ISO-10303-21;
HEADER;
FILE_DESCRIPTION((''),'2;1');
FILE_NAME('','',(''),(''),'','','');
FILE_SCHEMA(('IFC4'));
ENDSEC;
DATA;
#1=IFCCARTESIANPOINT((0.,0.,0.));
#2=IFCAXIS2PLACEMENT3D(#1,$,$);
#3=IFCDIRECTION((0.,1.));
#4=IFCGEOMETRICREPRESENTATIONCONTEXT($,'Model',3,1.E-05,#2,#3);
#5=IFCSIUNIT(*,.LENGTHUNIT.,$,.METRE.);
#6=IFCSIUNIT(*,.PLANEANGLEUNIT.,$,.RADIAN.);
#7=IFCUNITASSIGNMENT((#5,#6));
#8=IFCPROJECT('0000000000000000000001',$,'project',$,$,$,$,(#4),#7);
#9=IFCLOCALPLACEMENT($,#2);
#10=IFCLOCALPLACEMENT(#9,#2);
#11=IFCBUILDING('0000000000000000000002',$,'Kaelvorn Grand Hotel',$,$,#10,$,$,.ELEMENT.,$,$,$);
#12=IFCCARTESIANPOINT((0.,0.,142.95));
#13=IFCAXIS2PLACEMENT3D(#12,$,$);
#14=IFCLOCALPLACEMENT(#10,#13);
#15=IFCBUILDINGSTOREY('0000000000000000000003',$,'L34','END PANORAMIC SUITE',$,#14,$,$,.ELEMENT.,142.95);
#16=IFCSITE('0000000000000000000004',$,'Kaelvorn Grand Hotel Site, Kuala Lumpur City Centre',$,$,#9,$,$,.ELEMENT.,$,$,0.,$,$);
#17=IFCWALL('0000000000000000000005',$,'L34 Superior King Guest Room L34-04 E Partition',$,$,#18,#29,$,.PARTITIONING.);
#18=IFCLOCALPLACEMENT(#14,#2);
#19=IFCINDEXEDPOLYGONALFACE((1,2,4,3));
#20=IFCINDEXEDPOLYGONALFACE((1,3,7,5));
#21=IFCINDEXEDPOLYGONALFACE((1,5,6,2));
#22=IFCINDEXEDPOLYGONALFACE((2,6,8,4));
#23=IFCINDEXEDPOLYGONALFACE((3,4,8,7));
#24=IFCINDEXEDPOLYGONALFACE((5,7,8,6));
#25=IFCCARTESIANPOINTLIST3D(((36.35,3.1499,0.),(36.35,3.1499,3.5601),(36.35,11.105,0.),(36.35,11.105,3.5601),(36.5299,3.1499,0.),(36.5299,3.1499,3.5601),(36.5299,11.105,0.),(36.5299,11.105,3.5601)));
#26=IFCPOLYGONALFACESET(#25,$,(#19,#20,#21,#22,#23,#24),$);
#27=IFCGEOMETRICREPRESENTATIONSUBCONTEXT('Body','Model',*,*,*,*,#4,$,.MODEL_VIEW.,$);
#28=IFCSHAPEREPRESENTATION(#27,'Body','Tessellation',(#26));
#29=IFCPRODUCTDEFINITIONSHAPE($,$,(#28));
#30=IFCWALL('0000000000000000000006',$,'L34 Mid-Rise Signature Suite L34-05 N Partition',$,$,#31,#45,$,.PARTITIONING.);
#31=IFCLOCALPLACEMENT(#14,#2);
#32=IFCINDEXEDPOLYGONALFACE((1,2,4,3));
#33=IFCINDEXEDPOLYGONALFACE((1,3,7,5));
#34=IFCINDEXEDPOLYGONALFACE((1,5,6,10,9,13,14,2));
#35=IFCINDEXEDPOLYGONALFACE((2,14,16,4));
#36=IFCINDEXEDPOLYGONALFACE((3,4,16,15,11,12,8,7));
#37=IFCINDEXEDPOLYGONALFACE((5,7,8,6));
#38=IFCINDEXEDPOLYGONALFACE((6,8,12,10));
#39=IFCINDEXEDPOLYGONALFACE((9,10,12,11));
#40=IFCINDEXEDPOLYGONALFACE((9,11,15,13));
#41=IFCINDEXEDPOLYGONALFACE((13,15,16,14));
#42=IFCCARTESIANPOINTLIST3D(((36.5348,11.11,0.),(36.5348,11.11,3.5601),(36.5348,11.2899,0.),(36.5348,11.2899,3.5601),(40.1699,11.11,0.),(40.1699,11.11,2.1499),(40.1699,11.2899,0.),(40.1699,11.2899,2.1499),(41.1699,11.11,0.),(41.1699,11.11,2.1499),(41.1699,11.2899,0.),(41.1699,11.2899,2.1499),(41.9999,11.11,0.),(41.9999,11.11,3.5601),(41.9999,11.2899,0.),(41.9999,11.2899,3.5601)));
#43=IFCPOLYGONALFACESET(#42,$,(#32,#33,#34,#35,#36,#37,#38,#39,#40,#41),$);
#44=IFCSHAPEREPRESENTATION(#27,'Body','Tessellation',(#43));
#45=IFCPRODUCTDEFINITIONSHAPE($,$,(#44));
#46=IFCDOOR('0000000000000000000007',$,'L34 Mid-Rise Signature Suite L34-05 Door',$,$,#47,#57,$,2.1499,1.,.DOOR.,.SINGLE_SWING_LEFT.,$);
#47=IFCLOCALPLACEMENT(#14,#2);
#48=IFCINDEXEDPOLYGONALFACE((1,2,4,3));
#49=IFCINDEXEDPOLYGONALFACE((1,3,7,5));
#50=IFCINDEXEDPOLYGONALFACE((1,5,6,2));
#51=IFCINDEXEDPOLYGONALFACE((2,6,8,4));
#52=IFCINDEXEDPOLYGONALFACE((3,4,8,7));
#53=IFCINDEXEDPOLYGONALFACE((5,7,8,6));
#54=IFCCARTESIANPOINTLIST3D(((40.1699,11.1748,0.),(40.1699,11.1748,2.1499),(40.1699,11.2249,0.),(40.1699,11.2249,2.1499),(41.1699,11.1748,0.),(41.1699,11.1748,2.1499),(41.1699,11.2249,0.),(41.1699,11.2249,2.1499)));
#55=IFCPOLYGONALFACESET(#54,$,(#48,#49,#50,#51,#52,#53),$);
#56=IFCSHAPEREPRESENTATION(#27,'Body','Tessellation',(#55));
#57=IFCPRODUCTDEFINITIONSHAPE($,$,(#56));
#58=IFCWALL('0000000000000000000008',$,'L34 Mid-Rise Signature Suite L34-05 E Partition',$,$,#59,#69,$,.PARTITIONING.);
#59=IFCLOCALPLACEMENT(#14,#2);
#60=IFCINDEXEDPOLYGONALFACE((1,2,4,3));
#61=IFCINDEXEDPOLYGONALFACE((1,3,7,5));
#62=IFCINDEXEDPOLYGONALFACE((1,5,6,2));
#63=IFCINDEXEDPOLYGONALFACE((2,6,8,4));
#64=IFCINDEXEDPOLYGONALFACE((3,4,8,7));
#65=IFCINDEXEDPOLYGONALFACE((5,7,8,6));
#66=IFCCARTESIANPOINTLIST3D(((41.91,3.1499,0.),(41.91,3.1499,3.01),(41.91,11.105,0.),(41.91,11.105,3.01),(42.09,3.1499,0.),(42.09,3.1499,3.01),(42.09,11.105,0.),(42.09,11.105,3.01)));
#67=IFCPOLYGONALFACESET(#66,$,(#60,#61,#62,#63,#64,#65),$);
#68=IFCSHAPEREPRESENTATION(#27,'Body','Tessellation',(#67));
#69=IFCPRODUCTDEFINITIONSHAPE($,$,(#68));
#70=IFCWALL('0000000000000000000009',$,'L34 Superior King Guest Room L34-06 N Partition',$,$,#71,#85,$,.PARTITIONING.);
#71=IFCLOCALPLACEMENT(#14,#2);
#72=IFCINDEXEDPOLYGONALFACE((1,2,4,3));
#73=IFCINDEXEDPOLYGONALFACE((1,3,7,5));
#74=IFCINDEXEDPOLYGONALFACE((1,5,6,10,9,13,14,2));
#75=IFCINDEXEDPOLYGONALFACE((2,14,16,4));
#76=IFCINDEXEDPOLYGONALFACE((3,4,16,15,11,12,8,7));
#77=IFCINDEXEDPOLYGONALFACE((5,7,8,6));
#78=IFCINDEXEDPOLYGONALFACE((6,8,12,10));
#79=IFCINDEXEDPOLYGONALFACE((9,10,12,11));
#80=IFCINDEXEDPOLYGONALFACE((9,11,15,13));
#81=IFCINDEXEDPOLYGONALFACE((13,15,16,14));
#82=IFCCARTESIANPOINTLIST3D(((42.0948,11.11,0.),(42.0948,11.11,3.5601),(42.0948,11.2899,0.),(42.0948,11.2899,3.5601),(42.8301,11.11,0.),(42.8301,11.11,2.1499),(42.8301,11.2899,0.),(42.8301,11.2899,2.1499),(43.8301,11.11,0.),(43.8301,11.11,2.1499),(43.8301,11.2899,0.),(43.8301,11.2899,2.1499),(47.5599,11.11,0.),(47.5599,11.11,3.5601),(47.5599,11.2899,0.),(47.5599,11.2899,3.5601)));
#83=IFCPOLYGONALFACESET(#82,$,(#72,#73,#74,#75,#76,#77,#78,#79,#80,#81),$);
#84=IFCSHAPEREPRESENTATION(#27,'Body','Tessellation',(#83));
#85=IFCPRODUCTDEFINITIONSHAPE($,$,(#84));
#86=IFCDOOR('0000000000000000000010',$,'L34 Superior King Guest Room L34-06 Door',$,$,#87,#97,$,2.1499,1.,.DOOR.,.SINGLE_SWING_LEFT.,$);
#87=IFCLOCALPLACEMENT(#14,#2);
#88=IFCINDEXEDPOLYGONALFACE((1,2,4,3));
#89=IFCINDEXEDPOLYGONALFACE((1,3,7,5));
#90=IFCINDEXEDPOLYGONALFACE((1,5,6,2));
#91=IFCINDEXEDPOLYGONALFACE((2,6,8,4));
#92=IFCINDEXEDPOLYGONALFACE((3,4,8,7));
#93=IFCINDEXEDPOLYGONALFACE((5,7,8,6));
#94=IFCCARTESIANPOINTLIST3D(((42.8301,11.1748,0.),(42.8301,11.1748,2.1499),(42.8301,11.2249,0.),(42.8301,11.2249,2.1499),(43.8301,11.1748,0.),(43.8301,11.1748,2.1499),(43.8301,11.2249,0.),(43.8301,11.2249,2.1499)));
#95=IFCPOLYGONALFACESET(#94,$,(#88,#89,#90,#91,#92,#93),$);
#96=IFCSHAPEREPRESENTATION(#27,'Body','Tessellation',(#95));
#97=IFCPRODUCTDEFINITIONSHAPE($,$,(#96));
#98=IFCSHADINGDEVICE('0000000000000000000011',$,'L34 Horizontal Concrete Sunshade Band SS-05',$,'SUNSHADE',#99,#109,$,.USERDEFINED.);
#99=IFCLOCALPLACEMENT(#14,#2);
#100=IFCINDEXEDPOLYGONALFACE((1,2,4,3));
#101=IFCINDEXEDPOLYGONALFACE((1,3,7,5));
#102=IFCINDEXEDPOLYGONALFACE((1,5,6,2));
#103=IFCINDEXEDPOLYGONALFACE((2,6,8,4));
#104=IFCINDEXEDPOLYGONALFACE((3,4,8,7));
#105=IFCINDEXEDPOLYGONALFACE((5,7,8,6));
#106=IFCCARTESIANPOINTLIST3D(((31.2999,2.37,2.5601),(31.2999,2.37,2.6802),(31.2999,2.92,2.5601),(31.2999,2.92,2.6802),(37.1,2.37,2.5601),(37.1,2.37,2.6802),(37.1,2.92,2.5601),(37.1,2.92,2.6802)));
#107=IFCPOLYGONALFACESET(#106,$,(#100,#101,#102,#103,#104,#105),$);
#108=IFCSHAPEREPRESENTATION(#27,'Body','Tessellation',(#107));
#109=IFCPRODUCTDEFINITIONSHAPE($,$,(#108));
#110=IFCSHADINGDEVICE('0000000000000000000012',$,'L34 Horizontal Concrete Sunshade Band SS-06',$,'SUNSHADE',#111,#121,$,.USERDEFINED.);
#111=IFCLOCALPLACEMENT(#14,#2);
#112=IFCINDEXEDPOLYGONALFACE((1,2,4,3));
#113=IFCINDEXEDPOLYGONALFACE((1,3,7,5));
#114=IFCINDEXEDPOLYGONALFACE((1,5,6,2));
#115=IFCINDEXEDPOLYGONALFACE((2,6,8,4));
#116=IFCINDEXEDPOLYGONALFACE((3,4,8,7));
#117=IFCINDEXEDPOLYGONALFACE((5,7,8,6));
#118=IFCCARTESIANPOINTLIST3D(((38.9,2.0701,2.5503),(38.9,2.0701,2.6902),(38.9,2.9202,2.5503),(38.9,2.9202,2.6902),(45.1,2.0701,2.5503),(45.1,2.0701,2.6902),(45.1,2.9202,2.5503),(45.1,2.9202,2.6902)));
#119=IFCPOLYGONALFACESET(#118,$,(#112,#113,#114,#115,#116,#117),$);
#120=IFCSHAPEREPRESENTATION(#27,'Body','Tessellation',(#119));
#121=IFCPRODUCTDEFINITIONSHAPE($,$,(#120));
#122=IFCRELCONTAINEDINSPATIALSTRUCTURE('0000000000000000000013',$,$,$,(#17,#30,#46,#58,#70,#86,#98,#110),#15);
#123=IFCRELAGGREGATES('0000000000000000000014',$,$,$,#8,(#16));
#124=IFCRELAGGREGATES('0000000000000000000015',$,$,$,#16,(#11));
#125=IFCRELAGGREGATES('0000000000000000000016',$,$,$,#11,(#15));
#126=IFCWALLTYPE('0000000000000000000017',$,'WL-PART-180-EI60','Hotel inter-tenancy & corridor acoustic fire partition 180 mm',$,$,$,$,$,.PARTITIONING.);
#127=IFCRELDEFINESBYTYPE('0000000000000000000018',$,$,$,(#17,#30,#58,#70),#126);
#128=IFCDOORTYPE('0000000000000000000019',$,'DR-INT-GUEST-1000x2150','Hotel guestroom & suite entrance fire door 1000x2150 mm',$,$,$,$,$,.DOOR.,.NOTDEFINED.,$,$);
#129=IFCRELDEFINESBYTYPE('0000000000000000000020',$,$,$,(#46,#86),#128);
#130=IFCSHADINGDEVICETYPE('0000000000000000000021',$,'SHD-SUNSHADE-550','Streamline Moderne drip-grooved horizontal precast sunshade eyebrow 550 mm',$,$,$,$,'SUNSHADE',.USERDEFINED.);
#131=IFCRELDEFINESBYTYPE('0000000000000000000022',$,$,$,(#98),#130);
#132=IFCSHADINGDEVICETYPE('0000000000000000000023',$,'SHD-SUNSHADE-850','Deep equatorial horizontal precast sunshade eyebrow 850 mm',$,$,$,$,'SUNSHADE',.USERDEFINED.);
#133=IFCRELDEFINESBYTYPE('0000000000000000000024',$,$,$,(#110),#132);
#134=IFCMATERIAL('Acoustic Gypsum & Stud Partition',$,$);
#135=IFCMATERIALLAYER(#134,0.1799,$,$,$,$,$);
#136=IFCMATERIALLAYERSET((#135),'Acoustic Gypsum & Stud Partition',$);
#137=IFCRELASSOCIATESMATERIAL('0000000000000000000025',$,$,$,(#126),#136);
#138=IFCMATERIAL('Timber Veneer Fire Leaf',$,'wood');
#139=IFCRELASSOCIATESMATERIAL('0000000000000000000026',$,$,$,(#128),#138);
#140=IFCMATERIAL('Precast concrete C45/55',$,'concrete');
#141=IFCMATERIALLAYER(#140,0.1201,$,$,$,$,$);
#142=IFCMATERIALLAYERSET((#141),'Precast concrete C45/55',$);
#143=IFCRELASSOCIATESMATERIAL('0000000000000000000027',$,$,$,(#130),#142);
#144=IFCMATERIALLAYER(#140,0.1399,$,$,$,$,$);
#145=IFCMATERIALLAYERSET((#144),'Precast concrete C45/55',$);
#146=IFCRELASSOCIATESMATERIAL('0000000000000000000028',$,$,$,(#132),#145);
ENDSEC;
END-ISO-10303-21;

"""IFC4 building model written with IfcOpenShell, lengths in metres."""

from ifc_helpers import new_model, si_unit, direction, frame, frame_2d, origin, origin_2d, place, context, subcontext, project, spatial, rectangle, extrude, material, layer, layer_set, type_object, element, fill, save


model = new_model("IFC4")

# Units and contexts
model_context = context("Model", 3, precision=1e-05, world=origin(), true_north=direction((0.0, 1.0)))
body_context = subcontext(model_context, "Body", "Model", "MODEL_VIEW")
ifc_project = project(units=[si_unit("LENGTHUNIT", "METRE"), si_unit("PLANEANGLEUNIT", "RADIAN")], contexts=[model_context])

# Site, building, storey
site_placement = place(None, origin())
site = spatial("IfcSite", under=ifc_project, at=site_placement, Name="Kaelvorn Grand Hotel Site, Kuala Lumpur City Centre", CompositionType="ELEMENT", RefElevation=0.0)
building_placement = place(site_placement, origin())
building = spatial("IfcBuilding", under=site, at=building_placement, Name="Kaelvorn Grand Hotel", CompositionType="ELEMENT")
storey_placement = place(building_placement, frame((0.0, 0.0, 142.95)))
storey = spatial("IfcBuildingStorey", under=building, at=storey_placement, Name="L34", Description="END PANORAMIC SUITE", CompositionType="ELEMENT", Elevation=142.95)

# Shared definitions
ifc_material_1 = material(Name="Acoustic Gypsum & Stud Partition")
ifc_layer_1 = layer(ifc_material_1, 0.1799)
ifc_layer_set_1 = layer_set([ifc_layer_1], Name="Acoustic Gypsum & Stud Partition")
wall_type_1 = type_object("IfcWallType", Name="WL-PART-180-EI60", Description="Hotel inter-tenancy & corridor acoustic fire partition 180 mm", PredefinedType="PARTITIONING", material=ifc_layer_set_1)

# Shared definitions
ifc_material_2 = material(Name="Timber Veneer Fire Leaf", Category="wood")
door_type_1 = type_object("IfcDoorType", Name="DR-INT-GUEST-1000x2150", Description="Hotel guestroom & suite entrance fire door 1000x2150 mm", OperationType="NOTDEFINED", PredefinedType="DOOR", material=ifc_material_2)

# Wall
wall_1_placement = place(storey_placement, frame((36.4399, 3.1499, 0.0), z_axis=(0.0, 0.0, 1.0), x_axis=(0.0, 1.0, 0.0)))
element("IfcWall", 1, at=wall_1_placement, inside=storey, type_object=wall_type_1, Name="L34 Superior King Guest Room L34-04 E Partition", PredefinedType="PARTITIONING", context=body_context, shape_type="SweptSolid", body=[
    extrude(rectangle(XDim=7.9551, YDim=0.1799, at=frame_2d((3.9775, 0.0))), origin(), (0.0, 0.0, 1.0), 3.5601),
])

# Wall, opening, door
wall_2_placement = place(storey_placement, frame((36.5349, 11.2, 0.0), z_axis=(0.0, 0.0, 1.0), x_axis=(1.0, 0.0, 0.0)))
wall_2 = element("IfcWall", 2, at=wall_2_placement, inside=storey, type_object=wall_type_1, Name="L34 Mid-Rise Signature Suite L34-05 N Partition", PredefinedType="PARTITIONING", context=body_context, shape_type="SweptSolid", body=[
    extrude(rectangle(XDim=5.4651, YDim=0.1799, at=frame_2d((2.7324, 0.0))), origin(), (0.0, 0.0, 1.0), 3.5601),
])
opening_1_placement = place(wall_2_placement, frame((3.635, 0.0, 0.0)))
opening_1 = element("IfcOpeningElement", 3, at=opening_1_placement, cuts=wall_2, PredefinedType="OPENING", context=body_context, shape_type="SweptSolid", body=[
    extrude(rectangle(XDim=1.0, YDim=2.1499, at=frame_2d((0.5, 1.075))), frame((0.0, 0.1001, 0.0), z_axis=(0.0, -1.0, 0.0), x_axis=(1.0, 0.0, 0.0)), (0.0, 0.0, 1.0), 0.2),
])
door_1_placement = place(opening_1_placement, origin())
door_1 = element("IfcDoor", 4, at=door_1_placement, inside=storey, type_object=door_type_1, Name="L34 Mid-Rise Signature Suite L34-05 Door", OperationType="SINGLE_SWING_LEFT", OverallHeight=2.1499, OverallWidth=1.0, PredefinedType="DOOR", context=body_context, shape_type="SweptSolid", body=[
    extrude(rectangle(XDim=1.0, YDim=2.1499, at=frame_2d((0.5, 1.075))), frame((0.0, 0.0249, 0.0), z_axis=(0.0, -1.0, 0.0), x_axis=(1.0, 0.0, 0.0)), (0.0, 0.0, 1.0), 0.05),
])
fill(opening_1, door_1)

# Wall
wall_3_placement = place(storey_placement, frame((42.0, 3.1499, 0.0), z_axis=(0.0, 0.0, 1.0), x_axis=(0.0, 1.0, 0.0)))
element("IfcWall", 5, at=wall_3_placement, inside=storey, type_object=wall_type_1, Name="L34 Mid-Rise Signature Suite L34-05 E Partition", PredefinedType="PARTITIONING", context=body_context, shape_type="SweptSolid", body=[
    extrude(rectangle(XDim=7.9551, YDim=0.1799, at=frame_2d((3.9775, 0.0))), origin(), (0.0, 0.0, 1.0), 3.01),
])

# Wall, opening, door
wall_4_placement = place(storey_placement, frame((42.095, 11.2, 0.0), z_axis=(0.0, 0.0, 1.0), x_axis=(1.0, 0.0, 0.0)))
wall_4 = element("IfcWall", 6, at=wall_4_placement, inside=storey, type_object=wall_type_1, Name="L34 Superior King Guest Room L34-06 N Partition", PredefinedType="PARTITIONING", context=body_context, shape_type="SweptSolid", body=[
    extrude(rectangle(XDim=5.4651, YDim=0.1799, at=frame_2d((2.7324, 0.0))), origin(), (0.0, 0.0, 1.0), 3.5601),
])
opening_2_placement = place(wall_4_placement, frame((0.7351, 0.0, 0.0)))
opening_2 = element("IfcOpeningElement", 7, at=opening_2_placement, cuts=wall_4, PredefinedType="OPENING", context=body_context, shape_type="SweptSolid", body=[
    extrude(rectangle(XDim=1.0, YDim=2.1499, at=frame_2d((0.5, 1.075))), frame((0.0, 0.1001, 0.0), z_axis=(0.0, -1.0, 0.0), x_axis=(1.0, 0.0, 0.0)), (0.0, 0.0, 1.0), 0.2),
])
door_2_placement = place(opening_2_placement, origin())
door_2 = element("IfcDoor", 8, at=door_2_placement, inside=storey, type_object=door_type_1, Name="L34 Superior King Guest Room L34-06 Door", OperationType="SINGLE_SWING_LEFT", OverallHeight=2.1499, OverallWidth=1.0, PredefinedType="DOOR", context=body_context, shape_type="SweptSolid", body=[
    extrude(rectangle(XDim=1.0, YDim=2.1499, at=frame_2d((0.5, 1.075))), frame((0.0, 0.0249, 0.0), z_axis=(0.0, -1.0, 0.0), x_axis=(1.0, 0.0, 0.0)), (0.0, 0.0, 1.0), 0.05),
])
fill(opening_2, door_2)

# Shading devices
ifc_material_3 = material(Name="Precast concrete C45/55", Category="concrete")
ifc_layer_2 = layer(ifc_material_3, 0.1201)
ifc_layer_set_2 = layer_set([ifc_layer_2], Name="Precast concrete C45/55")
shading_device_type_1 = type_object("IfcShadingDeviceType", Name="SHD-SUNSHADE-550", Description="Streamline Moderne drip-grooved horizontal precast sunshade eyebrow 550 mm", ElementType="SUNSHADE", PredefinedType="USERDEFINED", material=ifc_layer_set_2)
shading_device_1_placement = place(storey_placement, frame((34.2, 2.645, 2.5601), z_axis=(0.0, 0.0, 1.0), x_axis=(1.0, 0.0, 0.0)))
element("IfcShadingDevice", 9, at=shading_device_1_placement, inside=storey, type_object=shading_device_type_1, Name="L34 Horizontal Concrete Sunshade Band SS-05", ObjectType="SUNSHADE", PredefinedType="USERDEFINED", context=body_context, shape_type="SweptSolid", body=[
    extrude(rectangle(XDim=5.8, YDim=0.55, at=origin_2d()), origin(), (0.0, 0.0, 1.0), 0.1201),
])
ifc_layer_3 = layer(ifc_material_3, 0.1399)
ifc_layer_set_3 = layer_set([ifc_layer_3], Name="Precast concrete C45/55")
shading_device_type_2 = type_object("IfcShadingDeviceType", Name="SHD-SUNSHADE-850", Description="Deep equatorial horizontal precast sunshade eyebrow 850 mm", ElementType="SUNSHADE", PredefinedType="USERDEFINED", material=ifc_layer_set_3)
shading_device_2_placement = place(storey_placement, frame((42.0, 2.4951, 2.5503), z_axis=(0.0, 0.0, 1.0), x_axis=(1.0, 0.0, 0.0)))
element("IfcShadingDevice", 10, at=shading_device_2_placement, inside=storey, type_object=shading_device_type_2, Name="L34 Horizontal Concrete Sunshade Band SS-06", ObjectType="SUNSHADE", PredefinedType="USERDEFINED", context=body_context, shape_type="SweptSolid", body=[
    extrude(rectangle(XDim=6.2, YDim=0.8501, at=origin_2d()), origin(), (0.0, 0.0, 1.0), 0.1399),
])

save(model, "model.ifc")
